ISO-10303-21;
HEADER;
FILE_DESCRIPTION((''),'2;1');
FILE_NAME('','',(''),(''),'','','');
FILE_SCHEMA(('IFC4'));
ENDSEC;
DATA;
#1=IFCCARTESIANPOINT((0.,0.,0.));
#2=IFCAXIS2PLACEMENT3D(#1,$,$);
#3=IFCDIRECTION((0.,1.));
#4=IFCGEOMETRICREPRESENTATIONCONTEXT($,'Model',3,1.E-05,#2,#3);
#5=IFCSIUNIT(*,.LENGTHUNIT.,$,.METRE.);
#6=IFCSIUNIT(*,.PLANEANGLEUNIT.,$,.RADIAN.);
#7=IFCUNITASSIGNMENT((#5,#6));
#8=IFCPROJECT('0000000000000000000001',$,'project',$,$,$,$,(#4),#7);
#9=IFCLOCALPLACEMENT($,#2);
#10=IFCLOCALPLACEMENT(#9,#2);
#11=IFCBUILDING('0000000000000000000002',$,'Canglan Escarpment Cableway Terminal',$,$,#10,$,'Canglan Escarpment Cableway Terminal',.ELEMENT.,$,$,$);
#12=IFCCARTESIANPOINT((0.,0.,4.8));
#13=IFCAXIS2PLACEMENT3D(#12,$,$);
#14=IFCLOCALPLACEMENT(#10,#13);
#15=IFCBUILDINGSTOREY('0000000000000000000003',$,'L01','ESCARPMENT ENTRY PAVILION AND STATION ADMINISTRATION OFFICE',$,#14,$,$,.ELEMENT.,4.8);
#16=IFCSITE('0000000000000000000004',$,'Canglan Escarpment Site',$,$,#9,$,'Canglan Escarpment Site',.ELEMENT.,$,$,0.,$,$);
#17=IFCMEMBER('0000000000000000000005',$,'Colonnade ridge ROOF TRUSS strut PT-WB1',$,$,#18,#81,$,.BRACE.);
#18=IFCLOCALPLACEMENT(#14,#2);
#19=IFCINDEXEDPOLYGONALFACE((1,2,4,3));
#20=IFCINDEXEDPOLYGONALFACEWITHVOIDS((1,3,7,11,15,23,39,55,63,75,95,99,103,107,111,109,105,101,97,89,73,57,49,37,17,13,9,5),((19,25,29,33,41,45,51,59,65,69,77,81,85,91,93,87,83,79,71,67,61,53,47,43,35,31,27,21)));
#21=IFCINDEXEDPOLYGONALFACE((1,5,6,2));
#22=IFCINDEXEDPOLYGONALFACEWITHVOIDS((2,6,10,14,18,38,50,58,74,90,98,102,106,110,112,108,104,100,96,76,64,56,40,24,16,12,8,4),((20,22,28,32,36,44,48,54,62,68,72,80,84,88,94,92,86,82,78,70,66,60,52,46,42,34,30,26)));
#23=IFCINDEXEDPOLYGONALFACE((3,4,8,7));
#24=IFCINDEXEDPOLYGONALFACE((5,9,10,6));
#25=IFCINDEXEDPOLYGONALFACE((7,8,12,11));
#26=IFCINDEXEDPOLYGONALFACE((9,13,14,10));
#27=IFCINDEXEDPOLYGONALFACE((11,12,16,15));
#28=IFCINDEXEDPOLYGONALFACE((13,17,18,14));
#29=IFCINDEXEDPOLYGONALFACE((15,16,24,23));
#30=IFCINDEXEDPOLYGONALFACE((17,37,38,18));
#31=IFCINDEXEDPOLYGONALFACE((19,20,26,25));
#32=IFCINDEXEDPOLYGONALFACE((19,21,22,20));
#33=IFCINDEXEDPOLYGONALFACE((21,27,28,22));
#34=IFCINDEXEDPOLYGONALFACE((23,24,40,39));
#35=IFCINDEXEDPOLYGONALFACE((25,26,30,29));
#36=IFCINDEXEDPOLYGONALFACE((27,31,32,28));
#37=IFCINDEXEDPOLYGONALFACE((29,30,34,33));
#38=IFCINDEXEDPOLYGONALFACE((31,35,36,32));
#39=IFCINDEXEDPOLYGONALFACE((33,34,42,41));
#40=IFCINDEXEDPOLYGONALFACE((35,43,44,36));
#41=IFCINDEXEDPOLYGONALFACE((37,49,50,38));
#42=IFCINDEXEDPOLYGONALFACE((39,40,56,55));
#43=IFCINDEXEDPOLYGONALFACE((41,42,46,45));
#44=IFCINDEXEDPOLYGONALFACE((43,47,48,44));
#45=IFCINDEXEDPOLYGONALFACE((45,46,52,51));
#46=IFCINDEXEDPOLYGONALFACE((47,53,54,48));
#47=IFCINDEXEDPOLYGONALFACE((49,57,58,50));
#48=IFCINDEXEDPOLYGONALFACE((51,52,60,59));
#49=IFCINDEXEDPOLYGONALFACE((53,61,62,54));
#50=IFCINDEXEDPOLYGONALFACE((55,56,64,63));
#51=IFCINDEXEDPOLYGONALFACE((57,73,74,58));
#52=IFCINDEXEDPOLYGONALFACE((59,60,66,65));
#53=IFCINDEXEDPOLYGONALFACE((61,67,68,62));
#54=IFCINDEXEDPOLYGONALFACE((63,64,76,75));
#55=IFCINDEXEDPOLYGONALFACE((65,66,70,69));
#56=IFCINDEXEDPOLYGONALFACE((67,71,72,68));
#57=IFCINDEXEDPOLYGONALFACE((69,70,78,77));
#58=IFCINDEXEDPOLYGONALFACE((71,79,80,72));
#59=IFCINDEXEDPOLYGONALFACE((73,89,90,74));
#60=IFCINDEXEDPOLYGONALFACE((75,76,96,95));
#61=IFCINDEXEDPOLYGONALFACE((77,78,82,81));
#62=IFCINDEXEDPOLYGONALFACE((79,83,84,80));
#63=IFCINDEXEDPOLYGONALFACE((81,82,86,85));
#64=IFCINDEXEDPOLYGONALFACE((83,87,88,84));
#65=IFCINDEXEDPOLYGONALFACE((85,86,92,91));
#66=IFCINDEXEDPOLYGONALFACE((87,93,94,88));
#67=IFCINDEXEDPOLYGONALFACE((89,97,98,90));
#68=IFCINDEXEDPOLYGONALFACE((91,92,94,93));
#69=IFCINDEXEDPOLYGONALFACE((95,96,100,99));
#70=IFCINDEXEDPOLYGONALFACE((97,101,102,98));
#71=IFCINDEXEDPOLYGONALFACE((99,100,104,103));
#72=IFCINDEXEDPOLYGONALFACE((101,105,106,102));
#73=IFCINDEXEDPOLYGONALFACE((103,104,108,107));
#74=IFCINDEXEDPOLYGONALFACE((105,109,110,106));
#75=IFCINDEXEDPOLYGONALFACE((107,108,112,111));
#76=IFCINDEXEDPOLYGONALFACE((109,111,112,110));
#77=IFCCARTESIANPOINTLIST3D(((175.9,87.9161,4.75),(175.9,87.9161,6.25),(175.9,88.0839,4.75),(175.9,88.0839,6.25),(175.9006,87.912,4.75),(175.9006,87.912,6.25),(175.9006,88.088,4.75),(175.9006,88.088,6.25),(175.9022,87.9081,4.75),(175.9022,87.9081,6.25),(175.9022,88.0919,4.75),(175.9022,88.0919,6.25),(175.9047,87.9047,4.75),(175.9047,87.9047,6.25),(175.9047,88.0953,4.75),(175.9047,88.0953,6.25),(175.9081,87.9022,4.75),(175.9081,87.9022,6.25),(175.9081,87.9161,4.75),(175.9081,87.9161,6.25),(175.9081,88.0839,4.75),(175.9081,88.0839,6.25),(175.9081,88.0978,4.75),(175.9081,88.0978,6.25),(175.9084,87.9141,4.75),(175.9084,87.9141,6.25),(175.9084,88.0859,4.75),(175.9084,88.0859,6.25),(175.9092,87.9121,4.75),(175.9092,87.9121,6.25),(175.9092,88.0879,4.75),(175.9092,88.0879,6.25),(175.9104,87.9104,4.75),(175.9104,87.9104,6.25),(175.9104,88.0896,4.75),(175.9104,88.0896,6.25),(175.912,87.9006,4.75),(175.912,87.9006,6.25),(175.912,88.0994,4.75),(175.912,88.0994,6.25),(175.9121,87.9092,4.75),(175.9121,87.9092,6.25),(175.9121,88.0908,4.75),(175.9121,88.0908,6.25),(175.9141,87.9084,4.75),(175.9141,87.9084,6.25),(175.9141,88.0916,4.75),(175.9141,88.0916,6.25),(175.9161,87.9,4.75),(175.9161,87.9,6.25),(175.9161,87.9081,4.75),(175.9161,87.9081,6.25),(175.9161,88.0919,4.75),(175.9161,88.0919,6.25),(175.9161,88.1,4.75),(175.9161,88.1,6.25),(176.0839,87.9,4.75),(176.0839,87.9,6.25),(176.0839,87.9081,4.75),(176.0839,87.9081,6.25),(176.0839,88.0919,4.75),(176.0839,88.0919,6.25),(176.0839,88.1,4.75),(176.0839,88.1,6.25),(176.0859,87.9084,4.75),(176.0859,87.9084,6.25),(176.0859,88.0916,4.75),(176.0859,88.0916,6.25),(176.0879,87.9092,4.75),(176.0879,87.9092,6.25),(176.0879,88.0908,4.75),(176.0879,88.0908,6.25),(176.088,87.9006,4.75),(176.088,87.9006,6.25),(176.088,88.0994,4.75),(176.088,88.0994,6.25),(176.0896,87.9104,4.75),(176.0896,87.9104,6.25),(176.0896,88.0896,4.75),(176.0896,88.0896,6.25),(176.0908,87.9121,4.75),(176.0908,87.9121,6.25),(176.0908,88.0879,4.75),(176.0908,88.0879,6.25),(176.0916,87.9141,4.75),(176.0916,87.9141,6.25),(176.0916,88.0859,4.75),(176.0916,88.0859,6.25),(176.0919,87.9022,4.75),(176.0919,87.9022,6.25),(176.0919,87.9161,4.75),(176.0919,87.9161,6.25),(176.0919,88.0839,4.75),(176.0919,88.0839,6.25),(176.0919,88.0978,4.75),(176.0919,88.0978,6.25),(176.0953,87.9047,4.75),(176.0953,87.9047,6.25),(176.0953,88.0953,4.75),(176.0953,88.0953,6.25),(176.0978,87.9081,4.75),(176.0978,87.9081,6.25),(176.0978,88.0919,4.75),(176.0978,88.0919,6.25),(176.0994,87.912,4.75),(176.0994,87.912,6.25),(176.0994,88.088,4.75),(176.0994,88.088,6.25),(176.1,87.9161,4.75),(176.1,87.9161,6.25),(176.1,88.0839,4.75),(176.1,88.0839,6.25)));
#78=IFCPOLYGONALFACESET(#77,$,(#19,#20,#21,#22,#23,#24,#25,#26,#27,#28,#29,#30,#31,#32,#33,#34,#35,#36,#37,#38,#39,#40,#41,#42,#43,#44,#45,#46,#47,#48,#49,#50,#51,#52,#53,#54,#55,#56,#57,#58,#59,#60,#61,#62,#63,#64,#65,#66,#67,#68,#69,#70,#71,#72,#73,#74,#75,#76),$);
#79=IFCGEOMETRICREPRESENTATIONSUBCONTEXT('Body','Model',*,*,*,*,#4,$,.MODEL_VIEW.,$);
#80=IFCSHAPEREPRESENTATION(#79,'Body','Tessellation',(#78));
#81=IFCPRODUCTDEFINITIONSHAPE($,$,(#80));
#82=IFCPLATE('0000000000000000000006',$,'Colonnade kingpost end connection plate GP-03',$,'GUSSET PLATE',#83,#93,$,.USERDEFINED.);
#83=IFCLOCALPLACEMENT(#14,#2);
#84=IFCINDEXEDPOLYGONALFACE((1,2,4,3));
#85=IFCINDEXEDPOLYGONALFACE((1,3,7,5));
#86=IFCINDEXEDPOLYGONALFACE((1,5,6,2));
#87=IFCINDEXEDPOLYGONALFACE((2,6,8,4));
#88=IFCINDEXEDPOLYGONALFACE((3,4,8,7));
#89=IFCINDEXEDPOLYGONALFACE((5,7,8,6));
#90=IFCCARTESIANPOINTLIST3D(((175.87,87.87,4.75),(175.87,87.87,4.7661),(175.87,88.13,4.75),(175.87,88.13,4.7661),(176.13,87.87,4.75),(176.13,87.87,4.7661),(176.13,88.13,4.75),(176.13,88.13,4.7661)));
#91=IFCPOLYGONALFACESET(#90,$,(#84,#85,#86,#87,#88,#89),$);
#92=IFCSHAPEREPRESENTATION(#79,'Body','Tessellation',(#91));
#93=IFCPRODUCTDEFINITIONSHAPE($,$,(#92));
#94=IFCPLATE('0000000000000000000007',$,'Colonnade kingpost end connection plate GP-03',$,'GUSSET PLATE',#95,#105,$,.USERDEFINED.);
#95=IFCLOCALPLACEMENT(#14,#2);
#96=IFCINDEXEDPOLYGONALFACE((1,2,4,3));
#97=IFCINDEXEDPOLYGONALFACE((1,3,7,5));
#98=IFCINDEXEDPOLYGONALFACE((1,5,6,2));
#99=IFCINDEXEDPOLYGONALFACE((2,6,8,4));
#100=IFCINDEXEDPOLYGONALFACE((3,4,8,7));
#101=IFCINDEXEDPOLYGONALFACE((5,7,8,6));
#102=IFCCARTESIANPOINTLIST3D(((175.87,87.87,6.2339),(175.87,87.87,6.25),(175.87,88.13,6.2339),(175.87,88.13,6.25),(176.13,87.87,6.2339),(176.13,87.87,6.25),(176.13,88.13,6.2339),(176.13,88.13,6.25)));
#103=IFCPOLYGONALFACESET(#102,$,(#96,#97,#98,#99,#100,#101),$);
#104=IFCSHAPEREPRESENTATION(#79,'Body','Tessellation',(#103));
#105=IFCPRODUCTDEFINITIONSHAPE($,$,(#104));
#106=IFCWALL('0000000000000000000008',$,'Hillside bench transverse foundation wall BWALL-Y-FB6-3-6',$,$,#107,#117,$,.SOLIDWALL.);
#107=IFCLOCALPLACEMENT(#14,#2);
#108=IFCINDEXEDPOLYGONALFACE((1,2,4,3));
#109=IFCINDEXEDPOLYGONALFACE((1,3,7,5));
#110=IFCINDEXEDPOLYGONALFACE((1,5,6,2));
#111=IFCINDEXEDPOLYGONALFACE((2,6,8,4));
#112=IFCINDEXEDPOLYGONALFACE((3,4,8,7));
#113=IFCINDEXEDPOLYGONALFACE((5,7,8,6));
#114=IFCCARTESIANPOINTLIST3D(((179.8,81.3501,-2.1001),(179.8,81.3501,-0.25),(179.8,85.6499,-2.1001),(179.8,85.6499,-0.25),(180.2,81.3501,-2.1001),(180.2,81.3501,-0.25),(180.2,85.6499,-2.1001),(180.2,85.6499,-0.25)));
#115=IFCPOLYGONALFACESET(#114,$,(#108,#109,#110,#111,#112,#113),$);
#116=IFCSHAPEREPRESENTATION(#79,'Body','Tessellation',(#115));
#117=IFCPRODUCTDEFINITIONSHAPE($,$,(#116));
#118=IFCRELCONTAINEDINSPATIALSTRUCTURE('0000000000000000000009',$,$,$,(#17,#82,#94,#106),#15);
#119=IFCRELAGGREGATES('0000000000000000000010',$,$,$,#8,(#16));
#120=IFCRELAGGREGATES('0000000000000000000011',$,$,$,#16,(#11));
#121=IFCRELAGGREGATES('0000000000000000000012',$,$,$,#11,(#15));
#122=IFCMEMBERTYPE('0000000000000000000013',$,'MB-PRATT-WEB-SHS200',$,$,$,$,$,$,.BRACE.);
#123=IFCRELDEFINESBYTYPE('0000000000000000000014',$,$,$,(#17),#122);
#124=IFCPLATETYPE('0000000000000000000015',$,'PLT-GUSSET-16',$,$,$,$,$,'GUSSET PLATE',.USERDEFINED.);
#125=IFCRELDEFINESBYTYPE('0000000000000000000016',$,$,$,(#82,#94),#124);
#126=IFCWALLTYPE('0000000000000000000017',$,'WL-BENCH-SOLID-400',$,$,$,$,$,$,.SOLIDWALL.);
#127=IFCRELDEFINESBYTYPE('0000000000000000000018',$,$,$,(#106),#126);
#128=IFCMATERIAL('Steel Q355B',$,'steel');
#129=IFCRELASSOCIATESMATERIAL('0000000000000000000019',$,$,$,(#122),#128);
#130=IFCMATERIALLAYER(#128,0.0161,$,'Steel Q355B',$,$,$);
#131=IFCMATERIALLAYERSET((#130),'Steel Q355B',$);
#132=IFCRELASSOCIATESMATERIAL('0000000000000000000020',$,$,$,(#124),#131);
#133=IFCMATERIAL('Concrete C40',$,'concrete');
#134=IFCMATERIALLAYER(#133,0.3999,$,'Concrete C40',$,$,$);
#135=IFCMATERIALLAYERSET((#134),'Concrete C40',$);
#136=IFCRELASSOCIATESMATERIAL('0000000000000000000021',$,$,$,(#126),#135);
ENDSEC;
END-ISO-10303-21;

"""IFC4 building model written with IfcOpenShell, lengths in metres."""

from ifc_helpers import new_model, si_unit, direction, frame, frame_2d, origin, origin_2d, place, context, subcontext, project, spatial, rectangle, hollow_rectangle, extrude, material, layer, layer_set, material_profile, profile_set, type_object, element, save


model = new_model("IFC4")

# Units and contexts
model_context = context("Model", 3, precision=1e-05, world=origin(), true_north=direction((0.0, 1.0)))
body_context = subcontext(model_context, "Body", "Model", "MODEL_VIEW")
ifc_project = project(units=[si_unit("LENGTHUNIT", "METRE"), si_unit("PLANEANGLEUNIT", "RADIAN")], contexts=[model_context])

# Site, building, storey
site_placement = place(None, origin())
site = spatial("IfcSite", under=ifc_project, at=site_placement, Name="Canglan Escarpment Site", LongName="Canglan Escarpment Site", CompositionType="ELEMENT", RefElevation=0.0)
building_placement = place(site_placement, origin())
building = spatial("IfcBuilding", under=site, at=building_placement, Name="Canglan Escarpment Cableway Terminal", LongName="Canglan Escarpment Cableway Terminal", CompositionType="ELEMENT")
storey_placement = place(building_placement, frame((0.0, 0.0, 4.8)))
storey = spatial("IfcBuildingStorey", under=building, at=storey_placement, Name="L01", Description="ESCARPMENT ENTRY PAVILION AND STATION ADMINISTRATION OFFICE", CompositionType="ELEMENT", Elevation=4.8)

# Shared definitions
ifc_material_1 = material(Name="Concrete C40", Category="concrete")

# Shared definitions
ifc_material_2 = material(Name="Steel Q355B", Category="steel")

# Member
ifc_material_profile_1 = material_profile(ifc_material_2, hollow_rectangle(XDim=0.2, YDim=0.2, WallThickness=0.0081, InnerFilletRadius=0.0081, OuterFilletRadius=0.0161, at=origin_2d()), Name="SHS 200x200x8")
ifc_profile_set_1 = profile_set([ifc_material_profile_1], Name="Steel Q355B")
member_type_1 = type_object("IfcMemberType", Name="MB-PRATT-WEB-SHS200", PredefinedType="BRACE", material=ifc_profile_set_1)
member_1_placement = place(storey_placement, frame((176.0, 88.0, 4.75), z_axis=(0.0, 0.0, 1.0), x_axis=(1.0, 0.0, 0.0)))
element("IfcMember", 1, at=member_1_placement, inside=storey, type_object=member_type_1, Name="Colonnade ridge ROOF TRUSS strut PT-WB1", PredefinedType="BRACE", context=body_context, shape_type="SweptSolid", body=[
    extrude(hollow_rectangle(XDim=0.2, YDim=0.2, WallThickness=0.0081, InnerFilletRadius=0.0081, OuterFilletRadius=0.0161, at=origin_2d()), origin(), (0.0, 0.0, 1.0), 1.5),
])

# Plates
ifc_layer_1 = layer(ifc_material_2, 0.0161, Name="Steel Q355B")
ifc_layer_set_1 = layer_set([ifc_layer_1], Name="Steel Q355B")
plate_type = type_object("IfcPlateType", Name="PLT-GUSSET-16", ElementType="GUSSET PLATE", PredefinedType="USERDEFINED", material=ifc_layer_set_1)
for number, where, z_axis, x_axis, name in (
    (2, (176.0, 88.0, 4.75), (0.0, 0.0, 1.0), (1.0, 0.0, 0.0), "Colonnade kingpost end connection plate GP-03"),
    (3, (176.0, 88.0, 6.2339), (0.0, 0.0, 1.0), (1.0, 0.0, 0.0), "Colonnade kingpost end connection plate GP-03"),
):
    element("IfcPlate", number, at=place(storey_placement, frame(where, z_axis=z_axis, x_axis=x_axis)), inside=storey, type_object=plate_type, Name=name, ObjectType="GUSSET PLATE", PredefinedType="USERDEFINED", context=body_context, shape_type="SweptSolid", body=[
        extrude(rectangle(XDim=0.26, YDim=0.26, at=origin_2d()), origin(), (0.0, 0.0, 1.0), 0.0161),
    ])

# Wall
ifc_layer_2 = layer(ifc_material_1, 0.3999, Name="Concrete C40")
ifc_layer_set_2 = layer_set([ifc_layer_2], Name="Concrete C40")
wall_type = type_object("IfcWallType", Name="WL-BENCH-SOLID-400", PredefinedType="SOLIDWALL", material=ifc_layer_set_2)
wall_placement = place(storey_placement, frame((180.0, 81.3501, -2.1001), z_axis=(0.0, 0.0, 1.0), x_axis=(0.0, 1.0, 0.0)))
element("IfcWall", 4, at=wall_placement, inside=storey, type_object=wall_type, Name="Hillside bench transverse foundation wall BWALL-Y-FB6-3-6", PredefinedType="SOLIDWALL", context=body_context, shape_type="SweptSolid", body=[
    extrude(rectangle(XDim=4.2998, YDim=0.3999, at=frame_2d((2.1499, 0.0))), origin(), (0.0, 0.0, 1.0), 1.8501),
])

save(model, "model.ifc")
